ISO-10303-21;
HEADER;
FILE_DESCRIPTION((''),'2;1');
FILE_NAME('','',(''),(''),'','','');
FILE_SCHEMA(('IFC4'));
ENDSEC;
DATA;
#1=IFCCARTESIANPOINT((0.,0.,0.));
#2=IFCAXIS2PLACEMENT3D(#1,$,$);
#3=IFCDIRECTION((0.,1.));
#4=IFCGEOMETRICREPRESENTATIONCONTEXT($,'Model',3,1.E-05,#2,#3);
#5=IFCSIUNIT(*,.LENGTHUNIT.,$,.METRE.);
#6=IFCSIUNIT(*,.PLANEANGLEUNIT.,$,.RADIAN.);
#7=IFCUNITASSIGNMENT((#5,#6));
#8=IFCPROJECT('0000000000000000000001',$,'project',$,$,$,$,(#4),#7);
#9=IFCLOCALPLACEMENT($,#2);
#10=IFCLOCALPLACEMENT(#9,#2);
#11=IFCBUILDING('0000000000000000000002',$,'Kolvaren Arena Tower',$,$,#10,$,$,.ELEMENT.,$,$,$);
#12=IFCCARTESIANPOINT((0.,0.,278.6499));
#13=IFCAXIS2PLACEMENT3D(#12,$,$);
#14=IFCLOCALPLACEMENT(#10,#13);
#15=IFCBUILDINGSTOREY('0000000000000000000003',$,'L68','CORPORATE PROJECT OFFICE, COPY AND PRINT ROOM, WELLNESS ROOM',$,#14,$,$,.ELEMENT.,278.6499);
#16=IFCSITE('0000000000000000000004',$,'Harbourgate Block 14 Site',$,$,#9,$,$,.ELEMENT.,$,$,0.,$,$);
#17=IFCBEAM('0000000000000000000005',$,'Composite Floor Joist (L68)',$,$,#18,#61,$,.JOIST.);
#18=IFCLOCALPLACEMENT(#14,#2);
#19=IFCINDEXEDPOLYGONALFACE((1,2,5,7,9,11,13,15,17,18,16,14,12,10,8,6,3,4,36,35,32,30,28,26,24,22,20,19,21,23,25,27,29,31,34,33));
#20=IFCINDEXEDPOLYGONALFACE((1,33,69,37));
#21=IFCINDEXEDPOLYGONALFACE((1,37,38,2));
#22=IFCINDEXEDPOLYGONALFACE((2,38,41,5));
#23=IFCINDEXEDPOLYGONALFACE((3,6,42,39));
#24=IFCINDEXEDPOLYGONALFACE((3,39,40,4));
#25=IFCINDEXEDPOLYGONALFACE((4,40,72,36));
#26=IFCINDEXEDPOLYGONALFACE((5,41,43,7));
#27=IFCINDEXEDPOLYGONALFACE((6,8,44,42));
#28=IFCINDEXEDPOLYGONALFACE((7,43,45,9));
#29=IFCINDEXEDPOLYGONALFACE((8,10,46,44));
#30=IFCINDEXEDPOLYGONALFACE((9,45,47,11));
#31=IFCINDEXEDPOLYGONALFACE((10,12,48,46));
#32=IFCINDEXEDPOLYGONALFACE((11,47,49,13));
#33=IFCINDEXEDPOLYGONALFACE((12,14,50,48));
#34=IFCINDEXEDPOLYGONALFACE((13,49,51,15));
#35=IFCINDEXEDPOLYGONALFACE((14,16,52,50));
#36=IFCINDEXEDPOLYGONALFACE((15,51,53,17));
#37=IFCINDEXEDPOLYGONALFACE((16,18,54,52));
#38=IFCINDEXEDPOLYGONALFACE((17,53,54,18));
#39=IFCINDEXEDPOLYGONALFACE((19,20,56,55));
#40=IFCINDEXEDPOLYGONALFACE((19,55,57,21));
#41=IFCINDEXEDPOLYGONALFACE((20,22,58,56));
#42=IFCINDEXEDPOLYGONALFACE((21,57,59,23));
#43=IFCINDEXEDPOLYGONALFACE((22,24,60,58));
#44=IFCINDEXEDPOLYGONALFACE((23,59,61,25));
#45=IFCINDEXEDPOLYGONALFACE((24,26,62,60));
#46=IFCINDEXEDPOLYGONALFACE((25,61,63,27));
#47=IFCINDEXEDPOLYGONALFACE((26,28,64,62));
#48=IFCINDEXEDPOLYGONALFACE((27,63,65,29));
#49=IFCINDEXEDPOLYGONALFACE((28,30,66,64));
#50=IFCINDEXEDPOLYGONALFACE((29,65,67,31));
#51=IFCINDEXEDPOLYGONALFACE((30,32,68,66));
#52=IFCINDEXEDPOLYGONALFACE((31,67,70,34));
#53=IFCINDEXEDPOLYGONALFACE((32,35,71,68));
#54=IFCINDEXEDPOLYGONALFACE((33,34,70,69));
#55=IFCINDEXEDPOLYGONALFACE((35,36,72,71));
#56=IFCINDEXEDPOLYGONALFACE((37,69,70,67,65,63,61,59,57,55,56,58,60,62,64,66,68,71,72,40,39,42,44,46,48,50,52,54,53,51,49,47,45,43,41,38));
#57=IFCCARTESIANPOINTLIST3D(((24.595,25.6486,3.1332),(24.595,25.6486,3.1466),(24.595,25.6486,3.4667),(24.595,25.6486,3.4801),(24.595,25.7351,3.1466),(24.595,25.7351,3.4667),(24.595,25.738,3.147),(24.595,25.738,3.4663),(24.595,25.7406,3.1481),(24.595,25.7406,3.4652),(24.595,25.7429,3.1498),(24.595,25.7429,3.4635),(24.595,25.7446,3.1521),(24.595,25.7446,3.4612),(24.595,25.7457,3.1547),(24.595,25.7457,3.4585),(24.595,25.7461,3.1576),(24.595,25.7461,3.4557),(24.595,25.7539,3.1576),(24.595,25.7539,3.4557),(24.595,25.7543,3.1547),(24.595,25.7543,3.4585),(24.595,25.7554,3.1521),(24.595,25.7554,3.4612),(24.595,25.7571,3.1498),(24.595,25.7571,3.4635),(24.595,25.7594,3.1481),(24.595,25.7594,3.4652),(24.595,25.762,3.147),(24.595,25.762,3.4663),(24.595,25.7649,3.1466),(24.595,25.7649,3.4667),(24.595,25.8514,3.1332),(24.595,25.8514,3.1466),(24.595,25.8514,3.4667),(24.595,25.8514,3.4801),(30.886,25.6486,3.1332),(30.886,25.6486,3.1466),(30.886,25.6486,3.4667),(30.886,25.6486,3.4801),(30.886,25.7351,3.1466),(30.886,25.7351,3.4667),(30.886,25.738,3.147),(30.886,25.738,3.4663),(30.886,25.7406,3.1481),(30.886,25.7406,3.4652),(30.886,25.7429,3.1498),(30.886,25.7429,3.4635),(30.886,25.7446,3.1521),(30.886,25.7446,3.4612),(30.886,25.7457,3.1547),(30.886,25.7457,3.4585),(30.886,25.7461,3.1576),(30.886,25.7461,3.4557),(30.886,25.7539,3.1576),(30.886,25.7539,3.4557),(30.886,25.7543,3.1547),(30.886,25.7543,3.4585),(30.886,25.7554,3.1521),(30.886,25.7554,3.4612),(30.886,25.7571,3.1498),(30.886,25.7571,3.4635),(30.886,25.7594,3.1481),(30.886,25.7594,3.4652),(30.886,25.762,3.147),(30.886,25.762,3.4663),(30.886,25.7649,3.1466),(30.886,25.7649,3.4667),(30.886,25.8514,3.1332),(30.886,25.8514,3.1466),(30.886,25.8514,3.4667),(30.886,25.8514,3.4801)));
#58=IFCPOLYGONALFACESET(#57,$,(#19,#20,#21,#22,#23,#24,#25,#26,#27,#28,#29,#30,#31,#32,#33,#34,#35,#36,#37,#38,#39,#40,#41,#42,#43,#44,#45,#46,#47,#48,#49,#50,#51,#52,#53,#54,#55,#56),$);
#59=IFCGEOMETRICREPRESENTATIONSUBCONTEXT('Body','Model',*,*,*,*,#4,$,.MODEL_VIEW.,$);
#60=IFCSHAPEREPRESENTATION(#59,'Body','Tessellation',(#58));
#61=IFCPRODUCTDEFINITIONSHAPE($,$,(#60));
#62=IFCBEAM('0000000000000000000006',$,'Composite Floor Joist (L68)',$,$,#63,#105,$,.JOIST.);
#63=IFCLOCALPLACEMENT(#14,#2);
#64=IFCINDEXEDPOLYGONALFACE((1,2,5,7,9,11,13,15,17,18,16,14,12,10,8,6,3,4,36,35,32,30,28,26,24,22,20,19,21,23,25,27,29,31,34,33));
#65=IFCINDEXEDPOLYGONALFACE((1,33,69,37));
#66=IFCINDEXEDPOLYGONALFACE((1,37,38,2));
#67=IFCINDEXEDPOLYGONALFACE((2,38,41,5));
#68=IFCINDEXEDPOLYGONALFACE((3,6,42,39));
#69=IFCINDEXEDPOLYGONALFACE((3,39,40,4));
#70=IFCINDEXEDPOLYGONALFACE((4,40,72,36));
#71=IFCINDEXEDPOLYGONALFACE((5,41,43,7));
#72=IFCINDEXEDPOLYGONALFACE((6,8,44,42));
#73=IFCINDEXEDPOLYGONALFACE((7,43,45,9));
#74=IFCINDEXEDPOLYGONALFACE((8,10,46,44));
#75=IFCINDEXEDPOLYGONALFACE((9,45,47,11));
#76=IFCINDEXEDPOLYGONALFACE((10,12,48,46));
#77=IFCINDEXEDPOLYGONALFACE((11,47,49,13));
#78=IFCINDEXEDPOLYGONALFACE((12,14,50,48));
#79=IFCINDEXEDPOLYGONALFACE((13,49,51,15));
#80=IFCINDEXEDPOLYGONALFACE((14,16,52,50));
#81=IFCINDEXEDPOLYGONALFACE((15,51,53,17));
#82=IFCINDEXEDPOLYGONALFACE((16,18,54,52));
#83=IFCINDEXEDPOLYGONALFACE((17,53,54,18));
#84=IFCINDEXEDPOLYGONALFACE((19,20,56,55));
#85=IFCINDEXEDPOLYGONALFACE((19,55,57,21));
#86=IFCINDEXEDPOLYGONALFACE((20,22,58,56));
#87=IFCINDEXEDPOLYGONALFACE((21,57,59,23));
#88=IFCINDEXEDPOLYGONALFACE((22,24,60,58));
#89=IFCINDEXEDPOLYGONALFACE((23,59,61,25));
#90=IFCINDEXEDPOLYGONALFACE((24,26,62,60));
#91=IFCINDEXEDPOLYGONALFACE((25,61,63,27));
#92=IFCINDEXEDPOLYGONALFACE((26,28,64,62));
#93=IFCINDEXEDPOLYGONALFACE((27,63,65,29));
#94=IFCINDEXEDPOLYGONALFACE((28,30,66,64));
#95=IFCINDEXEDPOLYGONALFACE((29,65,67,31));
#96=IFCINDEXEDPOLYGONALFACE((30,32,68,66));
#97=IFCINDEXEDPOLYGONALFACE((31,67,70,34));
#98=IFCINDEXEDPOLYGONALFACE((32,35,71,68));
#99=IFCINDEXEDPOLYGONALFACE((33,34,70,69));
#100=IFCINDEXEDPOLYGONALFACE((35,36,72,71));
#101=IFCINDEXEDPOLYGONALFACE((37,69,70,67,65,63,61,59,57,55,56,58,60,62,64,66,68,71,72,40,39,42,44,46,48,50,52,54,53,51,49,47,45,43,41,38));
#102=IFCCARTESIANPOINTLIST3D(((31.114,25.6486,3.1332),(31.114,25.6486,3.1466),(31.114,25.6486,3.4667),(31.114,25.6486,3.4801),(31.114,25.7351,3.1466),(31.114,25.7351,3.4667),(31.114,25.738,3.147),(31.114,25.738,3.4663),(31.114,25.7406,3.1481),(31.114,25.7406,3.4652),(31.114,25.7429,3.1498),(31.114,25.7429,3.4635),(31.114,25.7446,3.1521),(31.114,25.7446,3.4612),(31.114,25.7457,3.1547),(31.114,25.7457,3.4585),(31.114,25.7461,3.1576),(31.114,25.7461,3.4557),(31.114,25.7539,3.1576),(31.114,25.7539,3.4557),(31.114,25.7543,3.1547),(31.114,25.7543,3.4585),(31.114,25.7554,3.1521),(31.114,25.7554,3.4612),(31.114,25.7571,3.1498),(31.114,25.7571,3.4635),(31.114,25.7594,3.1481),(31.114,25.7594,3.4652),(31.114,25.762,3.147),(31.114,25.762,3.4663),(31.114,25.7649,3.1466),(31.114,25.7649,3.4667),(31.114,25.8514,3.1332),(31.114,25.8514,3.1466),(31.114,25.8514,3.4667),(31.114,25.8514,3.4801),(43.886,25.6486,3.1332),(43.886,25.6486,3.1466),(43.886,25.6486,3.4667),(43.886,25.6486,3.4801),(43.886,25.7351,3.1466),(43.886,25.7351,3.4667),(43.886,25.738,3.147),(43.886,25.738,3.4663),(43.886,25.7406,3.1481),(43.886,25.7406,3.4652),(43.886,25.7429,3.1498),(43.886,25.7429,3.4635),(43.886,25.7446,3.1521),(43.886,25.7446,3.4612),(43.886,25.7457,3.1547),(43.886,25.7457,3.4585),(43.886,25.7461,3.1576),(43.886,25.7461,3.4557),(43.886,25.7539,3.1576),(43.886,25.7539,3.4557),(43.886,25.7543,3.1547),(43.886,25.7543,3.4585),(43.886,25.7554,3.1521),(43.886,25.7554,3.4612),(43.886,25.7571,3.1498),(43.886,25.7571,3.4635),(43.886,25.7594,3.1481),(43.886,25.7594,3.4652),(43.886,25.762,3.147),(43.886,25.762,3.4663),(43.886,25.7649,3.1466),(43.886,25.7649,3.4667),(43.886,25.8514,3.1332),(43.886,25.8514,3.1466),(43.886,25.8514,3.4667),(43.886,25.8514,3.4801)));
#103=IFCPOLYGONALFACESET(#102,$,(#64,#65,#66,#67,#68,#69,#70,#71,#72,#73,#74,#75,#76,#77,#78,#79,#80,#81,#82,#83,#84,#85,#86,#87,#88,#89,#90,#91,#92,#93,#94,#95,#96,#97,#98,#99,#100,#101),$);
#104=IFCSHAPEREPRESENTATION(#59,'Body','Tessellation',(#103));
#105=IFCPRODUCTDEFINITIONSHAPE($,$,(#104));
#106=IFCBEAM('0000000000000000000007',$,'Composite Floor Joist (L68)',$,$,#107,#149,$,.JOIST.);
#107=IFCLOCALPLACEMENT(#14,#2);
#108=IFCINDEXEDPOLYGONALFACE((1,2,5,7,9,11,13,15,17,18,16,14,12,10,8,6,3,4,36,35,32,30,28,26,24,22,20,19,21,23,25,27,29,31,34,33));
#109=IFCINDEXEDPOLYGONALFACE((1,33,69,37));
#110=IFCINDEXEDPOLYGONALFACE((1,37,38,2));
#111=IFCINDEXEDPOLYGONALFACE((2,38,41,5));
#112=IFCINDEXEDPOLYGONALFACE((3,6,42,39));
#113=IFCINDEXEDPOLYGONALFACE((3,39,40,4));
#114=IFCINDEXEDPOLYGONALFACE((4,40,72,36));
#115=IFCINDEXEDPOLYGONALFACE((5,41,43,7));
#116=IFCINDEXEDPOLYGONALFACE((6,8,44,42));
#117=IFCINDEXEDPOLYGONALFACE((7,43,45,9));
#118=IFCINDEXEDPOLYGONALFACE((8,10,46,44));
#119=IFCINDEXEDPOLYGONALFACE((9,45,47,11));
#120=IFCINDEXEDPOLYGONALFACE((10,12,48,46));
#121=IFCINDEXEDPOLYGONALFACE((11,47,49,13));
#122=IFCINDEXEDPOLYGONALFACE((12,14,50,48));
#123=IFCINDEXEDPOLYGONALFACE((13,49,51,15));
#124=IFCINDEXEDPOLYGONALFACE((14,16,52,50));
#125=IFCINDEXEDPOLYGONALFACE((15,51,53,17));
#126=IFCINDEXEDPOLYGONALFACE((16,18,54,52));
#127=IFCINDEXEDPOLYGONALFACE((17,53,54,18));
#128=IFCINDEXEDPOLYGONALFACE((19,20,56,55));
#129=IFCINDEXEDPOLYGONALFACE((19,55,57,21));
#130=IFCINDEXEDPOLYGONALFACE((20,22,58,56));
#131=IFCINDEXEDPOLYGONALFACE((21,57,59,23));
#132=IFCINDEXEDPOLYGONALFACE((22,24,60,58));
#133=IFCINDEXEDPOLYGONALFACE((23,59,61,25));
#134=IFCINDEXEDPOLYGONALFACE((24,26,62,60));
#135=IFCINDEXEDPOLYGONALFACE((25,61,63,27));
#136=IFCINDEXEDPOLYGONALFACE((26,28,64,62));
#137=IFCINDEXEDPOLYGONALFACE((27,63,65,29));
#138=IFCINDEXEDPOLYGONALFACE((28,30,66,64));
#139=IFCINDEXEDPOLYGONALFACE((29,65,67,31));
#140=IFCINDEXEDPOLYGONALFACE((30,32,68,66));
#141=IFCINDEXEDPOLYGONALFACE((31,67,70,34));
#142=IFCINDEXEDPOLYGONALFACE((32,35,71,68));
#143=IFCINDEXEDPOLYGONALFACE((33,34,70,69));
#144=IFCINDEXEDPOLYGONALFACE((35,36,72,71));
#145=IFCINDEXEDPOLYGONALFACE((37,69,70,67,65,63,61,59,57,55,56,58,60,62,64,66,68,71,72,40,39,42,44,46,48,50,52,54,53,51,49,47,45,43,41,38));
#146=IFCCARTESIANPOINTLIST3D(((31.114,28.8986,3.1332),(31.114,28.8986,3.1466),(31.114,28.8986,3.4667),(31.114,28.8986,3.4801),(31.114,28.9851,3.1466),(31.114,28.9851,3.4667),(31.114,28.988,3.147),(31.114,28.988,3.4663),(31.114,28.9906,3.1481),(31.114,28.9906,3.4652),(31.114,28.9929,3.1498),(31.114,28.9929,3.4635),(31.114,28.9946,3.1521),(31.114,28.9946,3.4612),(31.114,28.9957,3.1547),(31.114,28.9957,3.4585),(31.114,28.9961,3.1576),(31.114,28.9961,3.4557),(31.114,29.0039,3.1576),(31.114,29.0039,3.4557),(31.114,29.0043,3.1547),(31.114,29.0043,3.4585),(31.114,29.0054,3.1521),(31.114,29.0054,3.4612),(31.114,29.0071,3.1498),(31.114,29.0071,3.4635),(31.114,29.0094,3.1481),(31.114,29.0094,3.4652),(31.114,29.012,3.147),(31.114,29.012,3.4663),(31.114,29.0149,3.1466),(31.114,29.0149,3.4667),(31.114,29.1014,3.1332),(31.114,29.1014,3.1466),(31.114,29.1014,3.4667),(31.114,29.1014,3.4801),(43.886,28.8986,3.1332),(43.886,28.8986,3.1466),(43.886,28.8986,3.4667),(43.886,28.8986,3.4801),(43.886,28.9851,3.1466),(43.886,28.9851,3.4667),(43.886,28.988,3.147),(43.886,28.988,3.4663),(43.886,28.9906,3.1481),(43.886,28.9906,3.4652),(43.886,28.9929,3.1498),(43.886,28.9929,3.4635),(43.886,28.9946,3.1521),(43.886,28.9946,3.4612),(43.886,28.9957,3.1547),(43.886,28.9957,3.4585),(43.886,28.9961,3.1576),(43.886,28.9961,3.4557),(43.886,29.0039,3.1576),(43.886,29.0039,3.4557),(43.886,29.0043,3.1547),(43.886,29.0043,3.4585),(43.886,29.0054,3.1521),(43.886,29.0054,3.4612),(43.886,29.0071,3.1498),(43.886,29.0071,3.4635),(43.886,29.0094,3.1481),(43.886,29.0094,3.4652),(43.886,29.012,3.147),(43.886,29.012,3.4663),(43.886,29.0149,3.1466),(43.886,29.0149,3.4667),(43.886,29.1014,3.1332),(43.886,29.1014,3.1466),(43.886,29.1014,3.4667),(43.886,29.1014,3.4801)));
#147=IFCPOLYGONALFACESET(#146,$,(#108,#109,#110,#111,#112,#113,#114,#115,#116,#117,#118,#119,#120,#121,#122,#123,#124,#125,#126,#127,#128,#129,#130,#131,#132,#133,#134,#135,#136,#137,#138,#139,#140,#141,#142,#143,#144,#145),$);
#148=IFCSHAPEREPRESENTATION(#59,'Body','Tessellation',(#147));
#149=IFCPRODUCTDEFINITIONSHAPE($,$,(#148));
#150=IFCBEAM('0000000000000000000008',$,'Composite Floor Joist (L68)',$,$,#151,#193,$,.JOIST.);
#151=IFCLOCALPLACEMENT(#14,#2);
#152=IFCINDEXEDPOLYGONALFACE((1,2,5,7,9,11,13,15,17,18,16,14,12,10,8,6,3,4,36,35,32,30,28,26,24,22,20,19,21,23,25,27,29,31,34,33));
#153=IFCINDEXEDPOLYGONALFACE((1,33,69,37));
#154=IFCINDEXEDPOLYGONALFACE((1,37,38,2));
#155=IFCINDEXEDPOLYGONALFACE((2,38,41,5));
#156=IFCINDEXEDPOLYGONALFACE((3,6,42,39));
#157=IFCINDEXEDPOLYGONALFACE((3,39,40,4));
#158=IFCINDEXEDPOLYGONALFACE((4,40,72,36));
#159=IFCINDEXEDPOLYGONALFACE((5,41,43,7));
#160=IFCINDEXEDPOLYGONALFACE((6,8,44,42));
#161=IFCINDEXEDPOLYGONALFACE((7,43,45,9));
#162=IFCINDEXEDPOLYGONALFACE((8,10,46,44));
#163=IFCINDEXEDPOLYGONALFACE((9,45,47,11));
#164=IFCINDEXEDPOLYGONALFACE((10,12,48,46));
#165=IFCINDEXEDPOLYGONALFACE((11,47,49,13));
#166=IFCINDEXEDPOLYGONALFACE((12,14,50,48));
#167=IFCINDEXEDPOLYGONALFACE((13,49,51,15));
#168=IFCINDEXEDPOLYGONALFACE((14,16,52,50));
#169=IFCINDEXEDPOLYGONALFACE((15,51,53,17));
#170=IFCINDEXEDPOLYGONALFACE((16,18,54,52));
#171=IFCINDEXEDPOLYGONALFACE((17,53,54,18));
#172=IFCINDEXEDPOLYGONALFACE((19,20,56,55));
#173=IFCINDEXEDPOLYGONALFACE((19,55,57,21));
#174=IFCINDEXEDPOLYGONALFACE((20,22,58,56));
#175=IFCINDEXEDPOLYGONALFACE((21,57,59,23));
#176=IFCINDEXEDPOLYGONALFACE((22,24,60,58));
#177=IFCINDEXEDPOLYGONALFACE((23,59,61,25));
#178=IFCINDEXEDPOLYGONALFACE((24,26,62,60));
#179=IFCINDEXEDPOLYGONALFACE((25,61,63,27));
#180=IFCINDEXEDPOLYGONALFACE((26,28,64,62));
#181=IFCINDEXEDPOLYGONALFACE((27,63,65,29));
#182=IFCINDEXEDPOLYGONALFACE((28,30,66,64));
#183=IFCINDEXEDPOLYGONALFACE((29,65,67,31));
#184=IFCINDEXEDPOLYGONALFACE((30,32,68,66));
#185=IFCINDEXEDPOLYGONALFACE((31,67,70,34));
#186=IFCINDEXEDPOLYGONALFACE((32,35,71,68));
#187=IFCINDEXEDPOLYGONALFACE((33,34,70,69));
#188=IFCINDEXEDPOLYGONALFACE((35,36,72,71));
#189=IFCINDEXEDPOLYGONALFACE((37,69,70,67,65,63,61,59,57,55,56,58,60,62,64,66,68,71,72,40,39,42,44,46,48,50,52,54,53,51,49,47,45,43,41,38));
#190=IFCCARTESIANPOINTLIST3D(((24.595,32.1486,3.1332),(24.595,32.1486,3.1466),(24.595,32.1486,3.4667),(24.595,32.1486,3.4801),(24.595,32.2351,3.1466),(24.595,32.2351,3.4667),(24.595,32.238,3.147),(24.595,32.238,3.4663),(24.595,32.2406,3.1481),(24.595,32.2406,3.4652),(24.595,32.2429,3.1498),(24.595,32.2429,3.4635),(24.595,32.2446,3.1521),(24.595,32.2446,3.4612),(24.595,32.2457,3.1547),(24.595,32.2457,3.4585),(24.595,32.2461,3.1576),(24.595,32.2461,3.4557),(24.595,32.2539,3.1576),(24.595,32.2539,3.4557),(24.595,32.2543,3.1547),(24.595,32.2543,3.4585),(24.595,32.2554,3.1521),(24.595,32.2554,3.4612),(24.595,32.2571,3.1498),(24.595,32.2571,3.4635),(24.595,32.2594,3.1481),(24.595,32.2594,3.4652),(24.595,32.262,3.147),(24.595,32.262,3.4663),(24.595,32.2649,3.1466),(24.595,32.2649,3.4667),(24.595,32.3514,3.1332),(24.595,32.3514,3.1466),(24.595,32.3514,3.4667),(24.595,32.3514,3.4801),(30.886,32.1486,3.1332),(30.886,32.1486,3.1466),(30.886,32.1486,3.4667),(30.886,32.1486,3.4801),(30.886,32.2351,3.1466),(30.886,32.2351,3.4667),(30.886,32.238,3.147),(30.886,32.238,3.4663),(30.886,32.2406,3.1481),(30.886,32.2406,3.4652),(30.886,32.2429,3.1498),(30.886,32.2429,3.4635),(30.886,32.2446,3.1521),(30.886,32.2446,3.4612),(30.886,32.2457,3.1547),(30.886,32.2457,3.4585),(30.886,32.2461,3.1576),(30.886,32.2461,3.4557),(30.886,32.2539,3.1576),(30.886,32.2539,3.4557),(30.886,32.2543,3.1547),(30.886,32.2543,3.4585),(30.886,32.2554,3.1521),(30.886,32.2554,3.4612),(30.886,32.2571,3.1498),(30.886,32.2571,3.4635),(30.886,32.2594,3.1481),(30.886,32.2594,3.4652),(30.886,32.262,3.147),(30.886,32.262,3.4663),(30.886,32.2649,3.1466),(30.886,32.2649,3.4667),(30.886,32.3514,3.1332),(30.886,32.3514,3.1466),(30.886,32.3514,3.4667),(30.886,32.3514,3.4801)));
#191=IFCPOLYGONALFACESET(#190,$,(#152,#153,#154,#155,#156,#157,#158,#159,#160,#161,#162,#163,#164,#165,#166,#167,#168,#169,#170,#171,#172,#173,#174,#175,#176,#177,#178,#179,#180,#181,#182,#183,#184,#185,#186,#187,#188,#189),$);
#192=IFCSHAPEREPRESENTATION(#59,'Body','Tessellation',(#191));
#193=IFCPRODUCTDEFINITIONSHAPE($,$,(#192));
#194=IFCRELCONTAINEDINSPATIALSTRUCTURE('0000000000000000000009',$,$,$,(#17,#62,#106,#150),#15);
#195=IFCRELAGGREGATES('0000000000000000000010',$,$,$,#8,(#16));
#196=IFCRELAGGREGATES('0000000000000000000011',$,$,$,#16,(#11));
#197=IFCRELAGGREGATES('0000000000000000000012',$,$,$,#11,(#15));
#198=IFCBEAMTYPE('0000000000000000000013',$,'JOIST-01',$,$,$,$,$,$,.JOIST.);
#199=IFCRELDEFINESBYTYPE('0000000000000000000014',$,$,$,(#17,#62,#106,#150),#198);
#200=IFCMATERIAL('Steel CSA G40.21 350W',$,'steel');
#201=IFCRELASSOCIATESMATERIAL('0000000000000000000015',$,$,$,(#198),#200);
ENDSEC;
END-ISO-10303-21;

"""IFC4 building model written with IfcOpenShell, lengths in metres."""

from ifc_helpers import new_model, si_unit, direction, frame, origin, origin_2d, place, context, subcontext, project, spatial, i_section, extrude, material, material_profile, profile_set, type_object, element, save


model = new_model("IFC4")

# Units and contexts
model_context = context("Model", 3, precision=1e-05, world=origin(), true_north=direction((0.0, 1.0)))
body_context = subcontext(model_context, "Body", "Model", "MODEL_VIEW")
ifc_project = project(units=[si_unit("LENGTHUNIT", "METRE"), si_unit("PLANEANGLEUNIT", "RADIAN")], contexts=[model_context])

# Site, building, storey
site_placement = place(None, origin())
site = spatial("IfcSite", under=ifc_project, at=site_placement, Name="Harbourgate Block 14 Site", CompositionType="ELEMENT", RefElevation=0.0)
building_placement = place(site_placement, origin())
building = spatial("IfcBuilding", under=site, at=building_placement, Name="Kolvaren Arena Tower", CompositionType="ELEMENT")
storey_placement = place(building_placement, frame((0.0, 0.0, 278.6499)))
storey = spatial("IfcBuildingStorey", under=building, at=storey_placement, Name="L68", Description="CORPORATE PROJECT OFFICE, COPY AND PRINT ROOM, WELLNESS ROOM", CompositionType="ELEMENT", Elevation=278.6499)

# Beams
ifc_material_1 = material(Name="Steel CSA G40.21 350W", Category="steel")
ifc_material_profile_1 = material_profile(ifc_material_1, i_section(OverallWidth=0.2029, OverallDepth=0.3469, WebThickness=0.0078, FlangeThickness=0.0134, FilletRadius=0.011, at=origin_2d()), Name="W360x64")
ifc_profile_set_1 = profile_set([ifc_material_profile_1], Name="Steel CSA G40.21 350W")
beam_type_1 = type_object("IfcBeamType", Name="JOIST-01", PredefinedType="JOIST", material=ifc_profile_set_1)
beam_1_placement = place(storey_placement, frame((24.595, 25.75, 3.3066), z_axis=(1.0, 0.0, 0.0), x_axis=(0.0, 1.0, 0.0)))
element("IfcBeam", 1, at=beam_1_placement, inside=storey, type_object=beam_type_1, Name="Composite Floor Joist (L68)", PredefinedType="JOIST", context=body_context, shape_type="SweptSolid", body=[
    extrude(i_section(OverallWidth=0.2029, OverallDepth=0.3469, WebThickness=0.0078, FlangeThickness=0.0134, FilletRadius=0.011, at=origin_2d()), origin(), (0.0, 0.0, 1.0), 6.291),
])
for number, where, z_axis, x_axis, name in (
    (2, (31.114, 25.75, 3.3066), (1.0, 0.0, 0.0), (0.0, 1.0, 0.0), "Composite Floor Joist (L68)"),
    (3, (31.114, 29.0, 3.3066), (1.0, 0.0, 0.0), (0.0, 1.0, 0.0), "Composite Floor Joist (L68)"),
):
    element("IfcBeam", number, at=place(storey_placement, frame(where, z_axis=z_axis, x_axis=x_axis)), inside=storey, type_object=beam_type_1, Name=name, PredefinedType="JOIST", context=body_context, shape_type="SweptSolid", body=[
        extrude(i_section(OverallWidth=0.2029, OverallDepth=0.3469, WebThickness=0.0078, FlangeThickness=0.0134, FilletRadius=0.011, at=origin_2d()), origin(), (0.0, 0.0, 1.0), 12.772),
    ])
beam_2_placement = place(storey_placement, frame((24.595, 32.25, 3.3066), z_axis=(1.0, 0.0, 0.0), x_axis=(0.0, 1.0, 0.0)))
element("IfcBeam", 4, at=beam_2_placement, inside=storey, type_object=beam_type_1, Name="Composite Floor Joist (L68)", PredefinedType="JOIST", context=body_context, shape_type="SweptSolid", body=[
    extrude(i_section(OverallWidth=0.2029, OverallDepth=0.3469, WebThickness=0.0078, FlangeThickness=0.0134, FilletRadius=0.011, at=origin_2d()), origin(), (0.0, 0.0, 1.0), 6.291),
])

save(model, "model.ifc")
